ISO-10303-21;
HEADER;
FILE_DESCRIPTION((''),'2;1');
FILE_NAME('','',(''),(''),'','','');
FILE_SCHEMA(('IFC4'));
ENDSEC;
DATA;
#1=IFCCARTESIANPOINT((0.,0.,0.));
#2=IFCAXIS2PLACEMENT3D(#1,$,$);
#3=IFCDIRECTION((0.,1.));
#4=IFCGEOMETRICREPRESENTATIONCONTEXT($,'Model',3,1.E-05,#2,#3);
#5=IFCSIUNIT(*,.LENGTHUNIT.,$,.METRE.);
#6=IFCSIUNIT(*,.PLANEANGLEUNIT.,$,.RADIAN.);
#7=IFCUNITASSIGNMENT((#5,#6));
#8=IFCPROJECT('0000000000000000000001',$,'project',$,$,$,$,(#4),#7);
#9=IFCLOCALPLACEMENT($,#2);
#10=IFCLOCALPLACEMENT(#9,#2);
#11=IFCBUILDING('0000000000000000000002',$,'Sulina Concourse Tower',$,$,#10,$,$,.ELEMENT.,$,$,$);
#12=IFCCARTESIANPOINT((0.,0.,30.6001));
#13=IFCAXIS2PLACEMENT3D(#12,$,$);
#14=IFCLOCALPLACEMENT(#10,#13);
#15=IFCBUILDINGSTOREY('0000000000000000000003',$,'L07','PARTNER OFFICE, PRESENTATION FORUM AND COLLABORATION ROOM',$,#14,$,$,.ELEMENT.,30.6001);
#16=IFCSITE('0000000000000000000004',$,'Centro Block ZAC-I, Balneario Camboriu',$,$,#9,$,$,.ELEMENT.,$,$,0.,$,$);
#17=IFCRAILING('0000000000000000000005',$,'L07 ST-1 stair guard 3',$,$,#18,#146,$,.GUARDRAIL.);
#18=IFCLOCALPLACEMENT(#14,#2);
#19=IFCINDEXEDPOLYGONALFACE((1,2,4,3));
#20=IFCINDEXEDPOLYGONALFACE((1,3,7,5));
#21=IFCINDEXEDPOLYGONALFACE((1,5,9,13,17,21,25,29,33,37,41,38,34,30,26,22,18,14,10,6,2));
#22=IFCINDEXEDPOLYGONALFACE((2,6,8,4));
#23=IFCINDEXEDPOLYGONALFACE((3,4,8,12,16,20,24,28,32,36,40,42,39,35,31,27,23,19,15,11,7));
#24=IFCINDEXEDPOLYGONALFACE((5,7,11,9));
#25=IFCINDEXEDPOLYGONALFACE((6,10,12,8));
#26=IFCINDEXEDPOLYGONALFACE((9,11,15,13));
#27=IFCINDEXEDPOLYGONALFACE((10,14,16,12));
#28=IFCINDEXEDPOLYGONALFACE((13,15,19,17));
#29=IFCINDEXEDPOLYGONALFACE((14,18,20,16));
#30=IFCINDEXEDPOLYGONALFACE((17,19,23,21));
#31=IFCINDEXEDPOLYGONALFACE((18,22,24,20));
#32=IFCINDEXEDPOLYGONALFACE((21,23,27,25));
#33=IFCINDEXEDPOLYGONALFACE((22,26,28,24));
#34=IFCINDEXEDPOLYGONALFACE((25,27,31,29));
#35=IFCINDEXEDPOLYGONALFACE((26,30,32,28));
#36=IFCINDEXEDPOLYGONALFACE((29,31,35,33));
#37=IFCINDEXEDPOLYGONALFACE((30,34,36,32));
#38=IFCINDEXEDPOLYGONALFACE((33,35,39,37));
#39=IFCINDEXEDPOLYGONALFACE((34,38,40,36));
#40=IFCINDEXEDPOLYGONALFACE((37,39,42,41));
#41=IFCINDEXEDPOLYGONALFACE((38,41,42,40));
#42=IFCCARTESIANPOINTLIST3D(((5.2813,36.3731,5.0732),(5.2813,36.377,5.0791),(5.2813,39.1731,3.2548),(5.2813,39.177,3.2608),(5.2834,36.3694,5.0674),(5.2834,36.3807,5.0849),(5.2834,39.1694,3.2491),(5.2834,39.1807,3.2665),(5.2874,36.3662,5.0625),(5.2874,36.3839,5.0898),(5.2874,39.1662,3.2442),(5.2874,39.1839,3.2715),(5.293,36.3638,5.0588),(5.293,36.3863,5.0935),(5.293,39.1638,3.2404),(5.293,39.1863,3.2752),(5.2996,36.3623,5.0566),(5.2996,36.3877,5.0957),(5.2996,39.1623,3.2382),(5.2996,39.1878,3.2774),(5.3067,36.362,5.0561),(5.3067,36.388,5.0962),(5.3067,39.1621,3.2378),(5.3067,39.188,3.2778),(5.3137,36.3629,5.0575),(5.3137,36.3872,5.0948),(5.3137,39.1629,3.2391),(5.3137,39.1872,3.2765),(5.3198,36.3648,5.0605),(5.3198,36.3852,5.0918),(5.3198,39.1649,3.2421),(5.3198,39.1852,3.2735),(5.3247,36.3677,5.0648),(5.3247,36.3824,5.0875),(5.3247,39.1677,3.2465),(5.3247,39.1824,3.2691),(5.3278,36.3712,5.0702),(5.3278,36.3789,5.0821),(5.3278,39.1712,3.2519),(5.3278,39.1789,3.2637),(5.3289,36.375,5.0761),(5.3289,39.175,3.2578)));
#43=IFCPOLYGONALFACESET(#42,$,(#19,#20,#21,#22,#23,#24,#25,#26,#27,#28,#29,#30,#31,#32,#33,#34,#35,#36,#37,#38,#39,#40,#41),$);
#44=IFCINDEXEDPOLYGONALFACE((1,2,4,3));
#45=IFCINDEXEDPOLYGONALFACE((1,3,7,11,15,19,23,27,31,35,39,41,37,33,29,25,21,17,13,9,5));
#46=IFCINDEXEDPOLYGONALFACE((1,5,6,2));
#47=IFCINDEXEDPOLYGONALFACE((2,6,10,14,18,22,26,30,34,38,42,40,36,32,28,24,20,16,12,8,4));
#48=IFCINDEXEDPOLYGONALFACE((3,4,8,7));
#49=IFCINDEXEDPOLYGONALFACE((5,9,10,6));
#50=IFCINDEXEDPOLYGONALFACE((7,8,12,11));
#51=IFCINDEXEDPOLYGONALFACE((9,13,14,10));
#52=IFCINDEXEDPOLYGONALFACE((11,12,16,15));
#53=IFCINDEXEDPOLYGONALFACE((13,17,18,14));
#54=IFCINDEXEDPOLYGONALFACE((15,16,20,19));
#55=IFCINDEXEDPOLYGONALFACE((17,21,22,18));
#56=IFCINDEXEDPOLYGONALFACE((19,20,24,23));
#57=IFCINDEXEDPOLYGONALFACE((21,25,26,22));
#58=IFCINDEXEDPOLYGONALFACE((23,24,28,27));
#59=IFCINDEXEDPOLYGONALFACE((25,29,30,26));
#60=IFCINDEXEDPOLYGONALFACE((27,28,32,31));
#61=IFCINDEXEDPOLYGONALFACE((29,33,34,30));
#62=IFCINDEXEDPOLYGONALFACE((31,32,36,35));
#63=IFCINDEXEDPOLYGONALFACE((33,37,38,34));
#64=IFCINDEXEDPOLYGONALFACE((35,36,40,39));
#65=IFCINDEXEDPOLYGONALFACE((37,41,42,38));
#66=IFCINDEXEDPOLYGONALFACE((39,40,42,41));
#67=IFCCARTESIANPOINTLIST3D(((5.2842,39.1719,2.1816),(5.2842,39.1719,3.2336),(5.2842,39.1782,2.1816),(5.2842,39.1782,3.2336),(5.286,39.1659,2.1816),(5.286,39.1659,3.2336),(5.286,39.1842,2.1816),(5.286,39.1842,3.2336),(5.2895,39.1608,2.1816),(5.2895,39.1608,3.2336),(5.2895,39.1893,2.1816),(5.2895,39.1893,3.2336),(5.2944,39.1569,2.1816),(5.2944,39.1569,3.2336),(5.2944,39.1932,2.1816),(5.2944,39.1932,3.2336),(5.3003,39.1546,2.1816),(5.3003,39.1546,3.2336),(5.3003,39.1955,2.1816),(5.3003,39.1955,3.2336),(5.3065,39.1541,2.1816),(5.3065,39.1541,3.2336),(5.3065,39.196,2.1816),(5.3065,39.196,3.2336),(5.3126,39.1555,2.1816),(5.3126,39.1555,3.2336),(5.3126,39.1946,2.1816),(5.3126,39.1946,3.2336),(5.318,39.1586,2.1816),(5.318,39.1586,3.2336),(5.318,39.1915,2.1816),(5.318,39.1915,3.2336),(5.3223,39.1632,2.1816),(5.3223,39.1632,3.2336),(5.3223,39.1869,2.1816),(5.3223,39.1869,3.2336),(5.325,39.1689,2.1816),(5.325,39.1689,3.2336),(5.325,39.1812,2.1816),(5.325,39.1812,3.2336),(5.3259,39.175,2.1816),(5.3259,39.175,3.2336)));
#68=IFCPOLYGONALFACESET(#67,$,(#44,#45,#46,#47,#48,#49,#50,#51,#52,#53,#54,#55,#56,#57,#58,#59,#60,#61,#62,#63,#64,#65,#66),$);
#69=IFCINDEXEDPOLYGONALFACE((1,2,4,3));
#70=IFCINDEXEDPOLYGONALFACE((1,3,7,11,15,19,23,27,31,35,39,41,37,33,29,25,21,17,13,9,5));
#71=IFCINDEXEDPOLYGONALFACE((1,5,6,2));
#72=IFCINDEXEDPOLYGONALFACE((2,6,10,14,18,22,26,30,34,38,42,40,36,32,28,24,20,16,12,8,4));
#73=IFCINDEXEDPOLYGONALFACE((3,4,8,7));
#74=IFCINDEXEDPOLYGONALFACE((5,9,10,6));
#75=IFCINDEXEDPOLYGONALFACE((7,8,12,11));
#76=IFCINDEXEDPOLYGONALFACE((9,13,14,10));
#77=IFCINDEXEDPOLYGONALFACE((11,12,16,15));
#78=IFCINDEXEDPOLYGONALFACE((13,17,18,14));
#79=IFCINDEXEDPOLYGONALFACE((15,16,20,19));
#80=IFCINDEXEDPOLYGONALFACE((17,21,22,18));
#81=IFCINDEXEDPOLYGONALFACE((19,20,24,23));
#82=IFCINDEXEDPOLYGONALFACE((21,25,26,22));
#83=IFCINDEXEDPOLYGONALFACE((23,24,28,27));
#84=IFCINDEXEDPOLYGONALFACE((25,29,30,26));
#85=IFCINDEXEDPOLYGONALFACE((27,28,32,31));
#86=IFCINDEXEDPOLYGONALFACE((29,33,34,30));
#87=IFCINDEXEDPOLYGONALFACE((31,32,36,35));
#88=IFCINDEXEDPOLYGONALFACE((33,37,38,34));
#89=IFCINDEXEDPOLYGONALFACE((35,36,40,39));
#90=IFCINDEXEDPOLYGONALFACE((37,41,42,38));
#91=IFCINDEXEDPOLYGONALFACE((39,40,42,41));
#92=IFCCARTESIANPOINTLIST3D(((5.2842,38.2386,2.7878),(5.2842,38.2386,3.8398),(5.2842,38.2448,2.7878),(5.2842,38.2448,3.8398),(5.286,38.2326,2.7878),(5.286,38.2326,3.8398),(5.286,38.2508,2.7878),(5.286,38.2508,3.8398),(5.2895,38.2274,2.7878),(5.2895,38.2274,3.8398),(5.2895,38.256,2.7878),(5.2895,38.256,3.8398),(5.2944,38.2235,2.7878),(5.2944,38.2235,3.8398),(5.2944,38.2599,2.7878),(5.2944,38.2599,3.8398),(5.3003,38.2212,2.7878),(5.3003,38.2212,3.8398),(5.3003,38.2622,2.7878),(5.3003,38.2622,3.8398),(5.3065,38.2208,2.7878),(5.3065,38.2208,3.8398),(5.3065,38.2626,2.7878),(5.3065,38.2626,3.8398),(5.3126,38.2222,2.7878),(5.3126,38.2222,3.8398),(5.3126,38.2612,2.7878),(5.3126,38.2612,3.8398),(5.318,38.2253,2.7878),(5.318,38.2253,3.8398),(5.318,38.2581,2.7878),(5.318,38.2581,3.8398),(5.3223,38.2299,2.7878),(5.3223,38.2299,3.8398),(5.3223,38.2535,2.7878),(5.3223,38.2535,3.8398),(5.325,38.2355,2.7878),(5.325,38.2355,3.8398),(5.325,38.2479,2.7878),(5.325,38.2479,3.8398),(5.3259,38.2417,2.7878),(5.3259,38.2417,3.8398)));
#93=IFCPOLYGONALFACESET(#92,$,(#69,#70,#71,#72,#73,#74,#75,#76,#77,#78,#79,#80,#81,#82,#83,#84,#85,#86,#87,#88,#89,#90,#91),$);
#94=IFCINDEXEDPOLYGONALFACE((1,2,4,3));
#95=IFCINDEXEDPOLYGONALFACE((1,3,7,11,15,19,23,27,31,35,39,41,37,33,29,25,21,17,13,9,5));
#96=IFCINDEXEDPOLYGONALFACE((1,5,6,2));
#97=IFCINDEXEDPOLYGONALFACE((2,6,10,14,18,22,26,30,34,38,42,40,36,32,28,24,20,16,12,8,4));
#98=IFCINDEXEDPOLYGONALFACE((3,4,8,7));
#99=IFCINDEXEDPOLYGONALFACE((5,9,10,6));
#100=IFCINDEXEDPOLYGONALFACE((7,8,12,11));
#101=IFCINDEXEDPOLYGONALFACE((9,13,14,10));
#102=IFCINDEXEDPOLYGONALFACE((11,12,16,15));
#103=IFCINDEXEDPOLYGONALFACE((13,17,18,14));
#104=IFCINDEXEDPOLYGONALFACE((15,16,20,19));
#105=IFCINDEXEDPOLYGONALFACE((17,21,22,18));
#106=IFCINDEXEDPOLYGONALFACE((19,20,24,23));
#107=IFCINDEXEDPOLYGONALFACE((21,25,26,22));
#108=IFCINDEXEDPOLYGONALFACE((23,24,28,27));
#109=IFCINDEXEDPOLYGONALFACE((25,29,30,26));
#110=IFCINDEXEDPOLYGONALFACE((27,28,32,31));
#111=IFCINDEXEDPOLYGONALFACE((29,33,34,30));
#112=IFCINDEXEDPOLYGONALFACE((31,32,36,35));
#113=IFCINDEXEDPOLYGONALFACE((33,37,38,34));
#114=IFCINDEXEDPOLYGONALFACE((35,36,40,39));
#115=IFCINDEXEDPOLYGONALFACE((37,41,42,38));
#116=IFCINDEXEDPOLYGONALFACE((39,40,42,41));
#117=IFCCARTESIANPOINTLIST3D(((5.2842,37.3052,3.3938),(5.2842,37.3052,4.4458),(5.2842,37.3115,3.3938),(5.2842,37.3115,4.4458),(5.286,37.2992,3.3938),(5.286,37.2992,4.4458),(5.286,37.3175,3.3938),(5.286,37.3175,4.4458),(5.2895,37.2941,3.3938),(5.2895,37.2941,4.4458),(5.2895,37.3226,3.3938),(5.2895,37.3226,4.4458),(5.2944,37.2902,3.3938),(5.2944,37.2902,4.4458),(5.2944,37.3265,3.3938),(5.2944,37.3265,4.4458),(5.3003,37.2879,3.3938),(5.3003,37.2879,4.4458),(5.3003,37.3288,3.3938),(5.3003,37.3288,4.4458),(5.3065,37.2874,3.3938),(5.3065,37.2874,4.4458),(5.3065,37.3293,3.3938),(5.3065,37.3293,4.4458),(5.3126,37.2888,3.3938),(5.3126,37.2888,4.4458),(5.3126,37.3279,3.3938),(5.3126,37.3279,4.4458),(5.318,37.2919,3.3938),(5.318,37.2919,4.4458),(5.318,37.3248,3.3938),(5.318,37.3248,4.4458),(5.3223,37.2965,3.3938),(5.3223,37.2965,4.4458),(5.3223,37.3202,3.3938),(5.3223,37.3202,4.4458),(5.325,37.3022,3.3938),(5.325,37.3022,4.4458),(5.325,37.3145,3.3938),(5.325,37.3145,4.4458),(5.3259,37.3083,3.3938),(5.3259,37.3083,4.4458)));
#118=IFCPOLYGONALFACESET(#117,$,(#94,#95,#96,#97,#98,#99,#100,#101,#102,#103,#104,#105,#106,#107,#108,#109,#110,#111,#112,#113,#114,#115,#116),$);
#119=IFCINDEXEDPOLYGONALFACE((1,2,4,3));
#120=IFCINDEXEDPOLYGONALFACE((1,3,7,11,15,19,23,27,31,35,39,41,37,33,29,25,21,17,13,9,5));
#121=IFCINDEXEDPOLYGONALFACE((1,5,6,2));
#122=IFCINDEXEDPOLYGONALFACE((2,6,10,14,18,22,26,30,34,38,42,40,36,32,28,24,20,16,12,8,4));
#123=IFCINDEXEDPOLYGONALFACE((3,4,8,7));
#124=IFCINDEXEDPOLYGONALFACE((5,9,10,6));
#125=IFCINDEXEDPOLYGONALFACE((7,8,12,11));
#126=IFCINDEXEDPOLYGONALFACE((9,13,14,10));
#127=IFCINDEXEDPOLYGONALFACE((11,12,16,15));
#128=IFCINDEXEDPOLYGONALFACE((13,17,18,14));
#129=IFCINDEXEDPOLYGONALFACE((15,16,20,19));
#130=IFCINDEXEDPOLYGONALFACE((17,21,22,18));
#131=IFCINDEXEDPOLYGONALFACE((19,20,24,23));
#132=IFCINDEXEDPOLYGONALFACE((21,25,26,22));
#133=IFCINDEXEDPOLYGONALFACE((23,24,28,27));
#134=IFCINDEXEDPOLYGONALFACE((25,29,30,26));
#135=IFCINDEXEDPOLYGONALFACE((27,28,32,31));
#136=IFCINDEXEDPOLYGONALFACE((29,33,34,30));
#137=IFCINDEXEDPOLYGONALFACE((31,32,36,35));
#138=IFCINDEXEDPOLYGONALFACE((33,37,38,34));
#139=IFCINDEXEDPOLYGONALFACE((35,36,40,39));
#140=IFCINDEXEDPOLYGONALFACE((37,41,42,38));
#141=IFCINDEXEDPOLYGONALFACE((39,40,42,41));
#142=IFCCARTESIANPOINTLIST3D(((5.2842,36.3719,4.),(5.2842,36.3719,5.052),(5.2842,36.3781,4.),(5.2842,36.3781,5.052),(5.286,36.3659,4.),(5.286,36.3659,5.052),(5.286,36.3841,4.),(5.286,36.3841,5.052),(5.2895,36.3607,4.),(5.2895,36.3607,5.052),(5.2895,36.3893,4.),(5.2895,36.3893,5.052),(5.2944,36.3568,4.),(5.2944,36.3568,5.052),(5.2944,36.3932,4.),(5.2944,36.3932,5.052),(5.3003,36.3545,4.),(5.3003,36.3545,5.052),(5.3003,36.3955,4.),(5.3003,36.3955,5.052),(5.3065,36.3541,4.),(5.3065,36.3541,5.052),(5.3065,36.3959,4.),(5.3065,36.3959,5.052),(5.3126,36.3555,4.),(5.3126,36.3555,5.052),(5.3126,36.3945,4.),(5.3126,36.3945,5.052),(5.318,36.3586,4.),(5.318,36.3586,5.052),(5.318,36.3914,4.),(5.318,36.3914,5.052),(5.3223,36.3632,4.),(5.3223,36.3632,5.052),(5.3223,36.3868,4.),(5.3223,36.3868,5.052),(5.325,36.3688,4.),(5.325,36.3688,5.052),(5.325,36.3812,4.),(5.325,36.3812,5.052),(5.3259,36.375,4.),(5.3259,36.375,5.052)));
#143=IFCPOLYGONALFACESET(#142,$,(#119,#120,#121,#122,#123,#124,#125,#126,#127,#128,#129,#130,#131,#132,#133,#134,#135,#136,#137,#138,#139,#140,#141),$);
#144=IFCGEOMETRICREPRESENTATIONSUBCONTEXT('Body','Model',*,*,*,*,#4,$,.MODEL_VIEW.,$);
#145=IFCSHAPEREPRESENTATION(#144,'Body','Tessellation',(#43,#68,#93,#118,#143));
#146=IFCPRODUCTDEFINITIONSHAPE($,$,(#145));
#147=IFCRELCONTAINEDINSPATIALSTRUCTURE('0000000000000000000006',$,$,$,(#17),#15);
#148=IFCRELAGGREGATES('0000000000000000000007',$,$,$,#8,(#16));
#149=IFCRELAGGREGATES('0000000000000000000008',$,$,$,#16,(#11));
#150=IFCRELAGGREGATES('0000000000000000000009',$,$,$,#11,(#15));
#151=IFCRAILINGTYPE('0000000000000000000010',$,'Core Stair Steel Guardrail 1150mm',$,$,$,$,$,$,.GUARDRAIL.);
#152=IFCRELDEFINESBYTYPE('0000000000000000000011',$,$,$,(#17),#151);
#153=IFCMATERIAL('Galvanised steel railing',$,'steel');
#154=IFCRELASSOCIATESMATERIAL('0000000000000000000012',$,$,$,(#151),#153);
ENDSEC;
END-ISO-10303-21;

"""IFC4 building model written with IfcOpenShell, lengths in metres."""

from ifc_helpers import new_model, si_unit, direction, frame, origin, origin_2d, place, context, subcontext, project, spatial, circle, extrude, material, type_object, element, save


model = new_model("IFC4")

# Units and contexts
model_context = context("Model", 3, precision=1e-05, world=origin(), true_north=direction((0.0, 1.0)))
body_context = subcontext(model_context, "Body", "Model", "MODEL_VIEW")
ifc_project = project(units=[si_unit("LENGTHUNIT", "METRE"), si_unit("PLANEANGLEUNIT", "RADIAN")], contexts=[model_context])

# Site, building, storey
site_placement = place(None, origin())
site = spatial("IfcSite", under=ifc_project, at=site_placement, Name="Centro Block ZAC-I, Balneario Camboriu", CompositionType="ELEMENT", RefElevation=0.0)
building_placement = place(site_placement, origin())
building = spatial("IfcBuilding", under=site, at=building_placement, Name="Sulina Concourse Tower", CompositionType="ELEMENT")
storey_placement = place(building_placement, frame((0.0, 0.0, 30.6001)))
storey = spatial("IfcBuildingStorey", under=building, at=storey_placement, Name="L07", Description="PARTNER OFFICE, PRESENTATION FORUM AND COLLABORATION ROOM", CompositionType="ELEMENT", Elevation=30.6001)

# Railing
ifc_material_1 = material(Name="Galvanised steel railing", Category="steel")
railing_type_1 = type_object("IfcRailingType", Name="Core Stair Steel Guardrail 1150mm", PredefinedType="GUARDRAIL", material=ifc_material_1)
railing_1_placement = place(storey_placement, frame((5.3049, 39.175, 2.1816)))
element("IfcRailing", 1, at=railing_1_placement, inside=storey, type_object=railing_type_1, Name="L07 ST-1 stair guard 3", PredefinedType="GUARDRAIL", context=body_context, shape_type="SweptSolid", body=[
    extrude(circle(Radius=0.0239, at=origin_2d()), frame((0.0, 0.0, 1.0762), z_axis=(0.0, -0.838672, 0.544636), x_axis=(1.0, 0.0, 0.0)), (0.0, 0.0, 1.0), 3.3386),
    extrude(circle(Radius=0.021, at=origin_2d()), origin(), (0.0, 0.0, 1.0), 1.052),
    extrude(circle(Radius=0.021, at=origin_2d()), frame((0.0, -0.9333, 0.6062)), (0.0, 0.0, 1.0), 1.052),
    extrude(circle(Radius=0.021, at=origin_2d()), frame((0.0, -1.8667, 1.2122)), (0.0, 0.0, 1.0), 1.052),
    extrude(circle(Radius=0.021, at=origin_2d()), frame((0.0, -2.8, 1.8184)), (0.0, 0.0, 1.0), 1.052),
])

save(model, "model.ifc")
